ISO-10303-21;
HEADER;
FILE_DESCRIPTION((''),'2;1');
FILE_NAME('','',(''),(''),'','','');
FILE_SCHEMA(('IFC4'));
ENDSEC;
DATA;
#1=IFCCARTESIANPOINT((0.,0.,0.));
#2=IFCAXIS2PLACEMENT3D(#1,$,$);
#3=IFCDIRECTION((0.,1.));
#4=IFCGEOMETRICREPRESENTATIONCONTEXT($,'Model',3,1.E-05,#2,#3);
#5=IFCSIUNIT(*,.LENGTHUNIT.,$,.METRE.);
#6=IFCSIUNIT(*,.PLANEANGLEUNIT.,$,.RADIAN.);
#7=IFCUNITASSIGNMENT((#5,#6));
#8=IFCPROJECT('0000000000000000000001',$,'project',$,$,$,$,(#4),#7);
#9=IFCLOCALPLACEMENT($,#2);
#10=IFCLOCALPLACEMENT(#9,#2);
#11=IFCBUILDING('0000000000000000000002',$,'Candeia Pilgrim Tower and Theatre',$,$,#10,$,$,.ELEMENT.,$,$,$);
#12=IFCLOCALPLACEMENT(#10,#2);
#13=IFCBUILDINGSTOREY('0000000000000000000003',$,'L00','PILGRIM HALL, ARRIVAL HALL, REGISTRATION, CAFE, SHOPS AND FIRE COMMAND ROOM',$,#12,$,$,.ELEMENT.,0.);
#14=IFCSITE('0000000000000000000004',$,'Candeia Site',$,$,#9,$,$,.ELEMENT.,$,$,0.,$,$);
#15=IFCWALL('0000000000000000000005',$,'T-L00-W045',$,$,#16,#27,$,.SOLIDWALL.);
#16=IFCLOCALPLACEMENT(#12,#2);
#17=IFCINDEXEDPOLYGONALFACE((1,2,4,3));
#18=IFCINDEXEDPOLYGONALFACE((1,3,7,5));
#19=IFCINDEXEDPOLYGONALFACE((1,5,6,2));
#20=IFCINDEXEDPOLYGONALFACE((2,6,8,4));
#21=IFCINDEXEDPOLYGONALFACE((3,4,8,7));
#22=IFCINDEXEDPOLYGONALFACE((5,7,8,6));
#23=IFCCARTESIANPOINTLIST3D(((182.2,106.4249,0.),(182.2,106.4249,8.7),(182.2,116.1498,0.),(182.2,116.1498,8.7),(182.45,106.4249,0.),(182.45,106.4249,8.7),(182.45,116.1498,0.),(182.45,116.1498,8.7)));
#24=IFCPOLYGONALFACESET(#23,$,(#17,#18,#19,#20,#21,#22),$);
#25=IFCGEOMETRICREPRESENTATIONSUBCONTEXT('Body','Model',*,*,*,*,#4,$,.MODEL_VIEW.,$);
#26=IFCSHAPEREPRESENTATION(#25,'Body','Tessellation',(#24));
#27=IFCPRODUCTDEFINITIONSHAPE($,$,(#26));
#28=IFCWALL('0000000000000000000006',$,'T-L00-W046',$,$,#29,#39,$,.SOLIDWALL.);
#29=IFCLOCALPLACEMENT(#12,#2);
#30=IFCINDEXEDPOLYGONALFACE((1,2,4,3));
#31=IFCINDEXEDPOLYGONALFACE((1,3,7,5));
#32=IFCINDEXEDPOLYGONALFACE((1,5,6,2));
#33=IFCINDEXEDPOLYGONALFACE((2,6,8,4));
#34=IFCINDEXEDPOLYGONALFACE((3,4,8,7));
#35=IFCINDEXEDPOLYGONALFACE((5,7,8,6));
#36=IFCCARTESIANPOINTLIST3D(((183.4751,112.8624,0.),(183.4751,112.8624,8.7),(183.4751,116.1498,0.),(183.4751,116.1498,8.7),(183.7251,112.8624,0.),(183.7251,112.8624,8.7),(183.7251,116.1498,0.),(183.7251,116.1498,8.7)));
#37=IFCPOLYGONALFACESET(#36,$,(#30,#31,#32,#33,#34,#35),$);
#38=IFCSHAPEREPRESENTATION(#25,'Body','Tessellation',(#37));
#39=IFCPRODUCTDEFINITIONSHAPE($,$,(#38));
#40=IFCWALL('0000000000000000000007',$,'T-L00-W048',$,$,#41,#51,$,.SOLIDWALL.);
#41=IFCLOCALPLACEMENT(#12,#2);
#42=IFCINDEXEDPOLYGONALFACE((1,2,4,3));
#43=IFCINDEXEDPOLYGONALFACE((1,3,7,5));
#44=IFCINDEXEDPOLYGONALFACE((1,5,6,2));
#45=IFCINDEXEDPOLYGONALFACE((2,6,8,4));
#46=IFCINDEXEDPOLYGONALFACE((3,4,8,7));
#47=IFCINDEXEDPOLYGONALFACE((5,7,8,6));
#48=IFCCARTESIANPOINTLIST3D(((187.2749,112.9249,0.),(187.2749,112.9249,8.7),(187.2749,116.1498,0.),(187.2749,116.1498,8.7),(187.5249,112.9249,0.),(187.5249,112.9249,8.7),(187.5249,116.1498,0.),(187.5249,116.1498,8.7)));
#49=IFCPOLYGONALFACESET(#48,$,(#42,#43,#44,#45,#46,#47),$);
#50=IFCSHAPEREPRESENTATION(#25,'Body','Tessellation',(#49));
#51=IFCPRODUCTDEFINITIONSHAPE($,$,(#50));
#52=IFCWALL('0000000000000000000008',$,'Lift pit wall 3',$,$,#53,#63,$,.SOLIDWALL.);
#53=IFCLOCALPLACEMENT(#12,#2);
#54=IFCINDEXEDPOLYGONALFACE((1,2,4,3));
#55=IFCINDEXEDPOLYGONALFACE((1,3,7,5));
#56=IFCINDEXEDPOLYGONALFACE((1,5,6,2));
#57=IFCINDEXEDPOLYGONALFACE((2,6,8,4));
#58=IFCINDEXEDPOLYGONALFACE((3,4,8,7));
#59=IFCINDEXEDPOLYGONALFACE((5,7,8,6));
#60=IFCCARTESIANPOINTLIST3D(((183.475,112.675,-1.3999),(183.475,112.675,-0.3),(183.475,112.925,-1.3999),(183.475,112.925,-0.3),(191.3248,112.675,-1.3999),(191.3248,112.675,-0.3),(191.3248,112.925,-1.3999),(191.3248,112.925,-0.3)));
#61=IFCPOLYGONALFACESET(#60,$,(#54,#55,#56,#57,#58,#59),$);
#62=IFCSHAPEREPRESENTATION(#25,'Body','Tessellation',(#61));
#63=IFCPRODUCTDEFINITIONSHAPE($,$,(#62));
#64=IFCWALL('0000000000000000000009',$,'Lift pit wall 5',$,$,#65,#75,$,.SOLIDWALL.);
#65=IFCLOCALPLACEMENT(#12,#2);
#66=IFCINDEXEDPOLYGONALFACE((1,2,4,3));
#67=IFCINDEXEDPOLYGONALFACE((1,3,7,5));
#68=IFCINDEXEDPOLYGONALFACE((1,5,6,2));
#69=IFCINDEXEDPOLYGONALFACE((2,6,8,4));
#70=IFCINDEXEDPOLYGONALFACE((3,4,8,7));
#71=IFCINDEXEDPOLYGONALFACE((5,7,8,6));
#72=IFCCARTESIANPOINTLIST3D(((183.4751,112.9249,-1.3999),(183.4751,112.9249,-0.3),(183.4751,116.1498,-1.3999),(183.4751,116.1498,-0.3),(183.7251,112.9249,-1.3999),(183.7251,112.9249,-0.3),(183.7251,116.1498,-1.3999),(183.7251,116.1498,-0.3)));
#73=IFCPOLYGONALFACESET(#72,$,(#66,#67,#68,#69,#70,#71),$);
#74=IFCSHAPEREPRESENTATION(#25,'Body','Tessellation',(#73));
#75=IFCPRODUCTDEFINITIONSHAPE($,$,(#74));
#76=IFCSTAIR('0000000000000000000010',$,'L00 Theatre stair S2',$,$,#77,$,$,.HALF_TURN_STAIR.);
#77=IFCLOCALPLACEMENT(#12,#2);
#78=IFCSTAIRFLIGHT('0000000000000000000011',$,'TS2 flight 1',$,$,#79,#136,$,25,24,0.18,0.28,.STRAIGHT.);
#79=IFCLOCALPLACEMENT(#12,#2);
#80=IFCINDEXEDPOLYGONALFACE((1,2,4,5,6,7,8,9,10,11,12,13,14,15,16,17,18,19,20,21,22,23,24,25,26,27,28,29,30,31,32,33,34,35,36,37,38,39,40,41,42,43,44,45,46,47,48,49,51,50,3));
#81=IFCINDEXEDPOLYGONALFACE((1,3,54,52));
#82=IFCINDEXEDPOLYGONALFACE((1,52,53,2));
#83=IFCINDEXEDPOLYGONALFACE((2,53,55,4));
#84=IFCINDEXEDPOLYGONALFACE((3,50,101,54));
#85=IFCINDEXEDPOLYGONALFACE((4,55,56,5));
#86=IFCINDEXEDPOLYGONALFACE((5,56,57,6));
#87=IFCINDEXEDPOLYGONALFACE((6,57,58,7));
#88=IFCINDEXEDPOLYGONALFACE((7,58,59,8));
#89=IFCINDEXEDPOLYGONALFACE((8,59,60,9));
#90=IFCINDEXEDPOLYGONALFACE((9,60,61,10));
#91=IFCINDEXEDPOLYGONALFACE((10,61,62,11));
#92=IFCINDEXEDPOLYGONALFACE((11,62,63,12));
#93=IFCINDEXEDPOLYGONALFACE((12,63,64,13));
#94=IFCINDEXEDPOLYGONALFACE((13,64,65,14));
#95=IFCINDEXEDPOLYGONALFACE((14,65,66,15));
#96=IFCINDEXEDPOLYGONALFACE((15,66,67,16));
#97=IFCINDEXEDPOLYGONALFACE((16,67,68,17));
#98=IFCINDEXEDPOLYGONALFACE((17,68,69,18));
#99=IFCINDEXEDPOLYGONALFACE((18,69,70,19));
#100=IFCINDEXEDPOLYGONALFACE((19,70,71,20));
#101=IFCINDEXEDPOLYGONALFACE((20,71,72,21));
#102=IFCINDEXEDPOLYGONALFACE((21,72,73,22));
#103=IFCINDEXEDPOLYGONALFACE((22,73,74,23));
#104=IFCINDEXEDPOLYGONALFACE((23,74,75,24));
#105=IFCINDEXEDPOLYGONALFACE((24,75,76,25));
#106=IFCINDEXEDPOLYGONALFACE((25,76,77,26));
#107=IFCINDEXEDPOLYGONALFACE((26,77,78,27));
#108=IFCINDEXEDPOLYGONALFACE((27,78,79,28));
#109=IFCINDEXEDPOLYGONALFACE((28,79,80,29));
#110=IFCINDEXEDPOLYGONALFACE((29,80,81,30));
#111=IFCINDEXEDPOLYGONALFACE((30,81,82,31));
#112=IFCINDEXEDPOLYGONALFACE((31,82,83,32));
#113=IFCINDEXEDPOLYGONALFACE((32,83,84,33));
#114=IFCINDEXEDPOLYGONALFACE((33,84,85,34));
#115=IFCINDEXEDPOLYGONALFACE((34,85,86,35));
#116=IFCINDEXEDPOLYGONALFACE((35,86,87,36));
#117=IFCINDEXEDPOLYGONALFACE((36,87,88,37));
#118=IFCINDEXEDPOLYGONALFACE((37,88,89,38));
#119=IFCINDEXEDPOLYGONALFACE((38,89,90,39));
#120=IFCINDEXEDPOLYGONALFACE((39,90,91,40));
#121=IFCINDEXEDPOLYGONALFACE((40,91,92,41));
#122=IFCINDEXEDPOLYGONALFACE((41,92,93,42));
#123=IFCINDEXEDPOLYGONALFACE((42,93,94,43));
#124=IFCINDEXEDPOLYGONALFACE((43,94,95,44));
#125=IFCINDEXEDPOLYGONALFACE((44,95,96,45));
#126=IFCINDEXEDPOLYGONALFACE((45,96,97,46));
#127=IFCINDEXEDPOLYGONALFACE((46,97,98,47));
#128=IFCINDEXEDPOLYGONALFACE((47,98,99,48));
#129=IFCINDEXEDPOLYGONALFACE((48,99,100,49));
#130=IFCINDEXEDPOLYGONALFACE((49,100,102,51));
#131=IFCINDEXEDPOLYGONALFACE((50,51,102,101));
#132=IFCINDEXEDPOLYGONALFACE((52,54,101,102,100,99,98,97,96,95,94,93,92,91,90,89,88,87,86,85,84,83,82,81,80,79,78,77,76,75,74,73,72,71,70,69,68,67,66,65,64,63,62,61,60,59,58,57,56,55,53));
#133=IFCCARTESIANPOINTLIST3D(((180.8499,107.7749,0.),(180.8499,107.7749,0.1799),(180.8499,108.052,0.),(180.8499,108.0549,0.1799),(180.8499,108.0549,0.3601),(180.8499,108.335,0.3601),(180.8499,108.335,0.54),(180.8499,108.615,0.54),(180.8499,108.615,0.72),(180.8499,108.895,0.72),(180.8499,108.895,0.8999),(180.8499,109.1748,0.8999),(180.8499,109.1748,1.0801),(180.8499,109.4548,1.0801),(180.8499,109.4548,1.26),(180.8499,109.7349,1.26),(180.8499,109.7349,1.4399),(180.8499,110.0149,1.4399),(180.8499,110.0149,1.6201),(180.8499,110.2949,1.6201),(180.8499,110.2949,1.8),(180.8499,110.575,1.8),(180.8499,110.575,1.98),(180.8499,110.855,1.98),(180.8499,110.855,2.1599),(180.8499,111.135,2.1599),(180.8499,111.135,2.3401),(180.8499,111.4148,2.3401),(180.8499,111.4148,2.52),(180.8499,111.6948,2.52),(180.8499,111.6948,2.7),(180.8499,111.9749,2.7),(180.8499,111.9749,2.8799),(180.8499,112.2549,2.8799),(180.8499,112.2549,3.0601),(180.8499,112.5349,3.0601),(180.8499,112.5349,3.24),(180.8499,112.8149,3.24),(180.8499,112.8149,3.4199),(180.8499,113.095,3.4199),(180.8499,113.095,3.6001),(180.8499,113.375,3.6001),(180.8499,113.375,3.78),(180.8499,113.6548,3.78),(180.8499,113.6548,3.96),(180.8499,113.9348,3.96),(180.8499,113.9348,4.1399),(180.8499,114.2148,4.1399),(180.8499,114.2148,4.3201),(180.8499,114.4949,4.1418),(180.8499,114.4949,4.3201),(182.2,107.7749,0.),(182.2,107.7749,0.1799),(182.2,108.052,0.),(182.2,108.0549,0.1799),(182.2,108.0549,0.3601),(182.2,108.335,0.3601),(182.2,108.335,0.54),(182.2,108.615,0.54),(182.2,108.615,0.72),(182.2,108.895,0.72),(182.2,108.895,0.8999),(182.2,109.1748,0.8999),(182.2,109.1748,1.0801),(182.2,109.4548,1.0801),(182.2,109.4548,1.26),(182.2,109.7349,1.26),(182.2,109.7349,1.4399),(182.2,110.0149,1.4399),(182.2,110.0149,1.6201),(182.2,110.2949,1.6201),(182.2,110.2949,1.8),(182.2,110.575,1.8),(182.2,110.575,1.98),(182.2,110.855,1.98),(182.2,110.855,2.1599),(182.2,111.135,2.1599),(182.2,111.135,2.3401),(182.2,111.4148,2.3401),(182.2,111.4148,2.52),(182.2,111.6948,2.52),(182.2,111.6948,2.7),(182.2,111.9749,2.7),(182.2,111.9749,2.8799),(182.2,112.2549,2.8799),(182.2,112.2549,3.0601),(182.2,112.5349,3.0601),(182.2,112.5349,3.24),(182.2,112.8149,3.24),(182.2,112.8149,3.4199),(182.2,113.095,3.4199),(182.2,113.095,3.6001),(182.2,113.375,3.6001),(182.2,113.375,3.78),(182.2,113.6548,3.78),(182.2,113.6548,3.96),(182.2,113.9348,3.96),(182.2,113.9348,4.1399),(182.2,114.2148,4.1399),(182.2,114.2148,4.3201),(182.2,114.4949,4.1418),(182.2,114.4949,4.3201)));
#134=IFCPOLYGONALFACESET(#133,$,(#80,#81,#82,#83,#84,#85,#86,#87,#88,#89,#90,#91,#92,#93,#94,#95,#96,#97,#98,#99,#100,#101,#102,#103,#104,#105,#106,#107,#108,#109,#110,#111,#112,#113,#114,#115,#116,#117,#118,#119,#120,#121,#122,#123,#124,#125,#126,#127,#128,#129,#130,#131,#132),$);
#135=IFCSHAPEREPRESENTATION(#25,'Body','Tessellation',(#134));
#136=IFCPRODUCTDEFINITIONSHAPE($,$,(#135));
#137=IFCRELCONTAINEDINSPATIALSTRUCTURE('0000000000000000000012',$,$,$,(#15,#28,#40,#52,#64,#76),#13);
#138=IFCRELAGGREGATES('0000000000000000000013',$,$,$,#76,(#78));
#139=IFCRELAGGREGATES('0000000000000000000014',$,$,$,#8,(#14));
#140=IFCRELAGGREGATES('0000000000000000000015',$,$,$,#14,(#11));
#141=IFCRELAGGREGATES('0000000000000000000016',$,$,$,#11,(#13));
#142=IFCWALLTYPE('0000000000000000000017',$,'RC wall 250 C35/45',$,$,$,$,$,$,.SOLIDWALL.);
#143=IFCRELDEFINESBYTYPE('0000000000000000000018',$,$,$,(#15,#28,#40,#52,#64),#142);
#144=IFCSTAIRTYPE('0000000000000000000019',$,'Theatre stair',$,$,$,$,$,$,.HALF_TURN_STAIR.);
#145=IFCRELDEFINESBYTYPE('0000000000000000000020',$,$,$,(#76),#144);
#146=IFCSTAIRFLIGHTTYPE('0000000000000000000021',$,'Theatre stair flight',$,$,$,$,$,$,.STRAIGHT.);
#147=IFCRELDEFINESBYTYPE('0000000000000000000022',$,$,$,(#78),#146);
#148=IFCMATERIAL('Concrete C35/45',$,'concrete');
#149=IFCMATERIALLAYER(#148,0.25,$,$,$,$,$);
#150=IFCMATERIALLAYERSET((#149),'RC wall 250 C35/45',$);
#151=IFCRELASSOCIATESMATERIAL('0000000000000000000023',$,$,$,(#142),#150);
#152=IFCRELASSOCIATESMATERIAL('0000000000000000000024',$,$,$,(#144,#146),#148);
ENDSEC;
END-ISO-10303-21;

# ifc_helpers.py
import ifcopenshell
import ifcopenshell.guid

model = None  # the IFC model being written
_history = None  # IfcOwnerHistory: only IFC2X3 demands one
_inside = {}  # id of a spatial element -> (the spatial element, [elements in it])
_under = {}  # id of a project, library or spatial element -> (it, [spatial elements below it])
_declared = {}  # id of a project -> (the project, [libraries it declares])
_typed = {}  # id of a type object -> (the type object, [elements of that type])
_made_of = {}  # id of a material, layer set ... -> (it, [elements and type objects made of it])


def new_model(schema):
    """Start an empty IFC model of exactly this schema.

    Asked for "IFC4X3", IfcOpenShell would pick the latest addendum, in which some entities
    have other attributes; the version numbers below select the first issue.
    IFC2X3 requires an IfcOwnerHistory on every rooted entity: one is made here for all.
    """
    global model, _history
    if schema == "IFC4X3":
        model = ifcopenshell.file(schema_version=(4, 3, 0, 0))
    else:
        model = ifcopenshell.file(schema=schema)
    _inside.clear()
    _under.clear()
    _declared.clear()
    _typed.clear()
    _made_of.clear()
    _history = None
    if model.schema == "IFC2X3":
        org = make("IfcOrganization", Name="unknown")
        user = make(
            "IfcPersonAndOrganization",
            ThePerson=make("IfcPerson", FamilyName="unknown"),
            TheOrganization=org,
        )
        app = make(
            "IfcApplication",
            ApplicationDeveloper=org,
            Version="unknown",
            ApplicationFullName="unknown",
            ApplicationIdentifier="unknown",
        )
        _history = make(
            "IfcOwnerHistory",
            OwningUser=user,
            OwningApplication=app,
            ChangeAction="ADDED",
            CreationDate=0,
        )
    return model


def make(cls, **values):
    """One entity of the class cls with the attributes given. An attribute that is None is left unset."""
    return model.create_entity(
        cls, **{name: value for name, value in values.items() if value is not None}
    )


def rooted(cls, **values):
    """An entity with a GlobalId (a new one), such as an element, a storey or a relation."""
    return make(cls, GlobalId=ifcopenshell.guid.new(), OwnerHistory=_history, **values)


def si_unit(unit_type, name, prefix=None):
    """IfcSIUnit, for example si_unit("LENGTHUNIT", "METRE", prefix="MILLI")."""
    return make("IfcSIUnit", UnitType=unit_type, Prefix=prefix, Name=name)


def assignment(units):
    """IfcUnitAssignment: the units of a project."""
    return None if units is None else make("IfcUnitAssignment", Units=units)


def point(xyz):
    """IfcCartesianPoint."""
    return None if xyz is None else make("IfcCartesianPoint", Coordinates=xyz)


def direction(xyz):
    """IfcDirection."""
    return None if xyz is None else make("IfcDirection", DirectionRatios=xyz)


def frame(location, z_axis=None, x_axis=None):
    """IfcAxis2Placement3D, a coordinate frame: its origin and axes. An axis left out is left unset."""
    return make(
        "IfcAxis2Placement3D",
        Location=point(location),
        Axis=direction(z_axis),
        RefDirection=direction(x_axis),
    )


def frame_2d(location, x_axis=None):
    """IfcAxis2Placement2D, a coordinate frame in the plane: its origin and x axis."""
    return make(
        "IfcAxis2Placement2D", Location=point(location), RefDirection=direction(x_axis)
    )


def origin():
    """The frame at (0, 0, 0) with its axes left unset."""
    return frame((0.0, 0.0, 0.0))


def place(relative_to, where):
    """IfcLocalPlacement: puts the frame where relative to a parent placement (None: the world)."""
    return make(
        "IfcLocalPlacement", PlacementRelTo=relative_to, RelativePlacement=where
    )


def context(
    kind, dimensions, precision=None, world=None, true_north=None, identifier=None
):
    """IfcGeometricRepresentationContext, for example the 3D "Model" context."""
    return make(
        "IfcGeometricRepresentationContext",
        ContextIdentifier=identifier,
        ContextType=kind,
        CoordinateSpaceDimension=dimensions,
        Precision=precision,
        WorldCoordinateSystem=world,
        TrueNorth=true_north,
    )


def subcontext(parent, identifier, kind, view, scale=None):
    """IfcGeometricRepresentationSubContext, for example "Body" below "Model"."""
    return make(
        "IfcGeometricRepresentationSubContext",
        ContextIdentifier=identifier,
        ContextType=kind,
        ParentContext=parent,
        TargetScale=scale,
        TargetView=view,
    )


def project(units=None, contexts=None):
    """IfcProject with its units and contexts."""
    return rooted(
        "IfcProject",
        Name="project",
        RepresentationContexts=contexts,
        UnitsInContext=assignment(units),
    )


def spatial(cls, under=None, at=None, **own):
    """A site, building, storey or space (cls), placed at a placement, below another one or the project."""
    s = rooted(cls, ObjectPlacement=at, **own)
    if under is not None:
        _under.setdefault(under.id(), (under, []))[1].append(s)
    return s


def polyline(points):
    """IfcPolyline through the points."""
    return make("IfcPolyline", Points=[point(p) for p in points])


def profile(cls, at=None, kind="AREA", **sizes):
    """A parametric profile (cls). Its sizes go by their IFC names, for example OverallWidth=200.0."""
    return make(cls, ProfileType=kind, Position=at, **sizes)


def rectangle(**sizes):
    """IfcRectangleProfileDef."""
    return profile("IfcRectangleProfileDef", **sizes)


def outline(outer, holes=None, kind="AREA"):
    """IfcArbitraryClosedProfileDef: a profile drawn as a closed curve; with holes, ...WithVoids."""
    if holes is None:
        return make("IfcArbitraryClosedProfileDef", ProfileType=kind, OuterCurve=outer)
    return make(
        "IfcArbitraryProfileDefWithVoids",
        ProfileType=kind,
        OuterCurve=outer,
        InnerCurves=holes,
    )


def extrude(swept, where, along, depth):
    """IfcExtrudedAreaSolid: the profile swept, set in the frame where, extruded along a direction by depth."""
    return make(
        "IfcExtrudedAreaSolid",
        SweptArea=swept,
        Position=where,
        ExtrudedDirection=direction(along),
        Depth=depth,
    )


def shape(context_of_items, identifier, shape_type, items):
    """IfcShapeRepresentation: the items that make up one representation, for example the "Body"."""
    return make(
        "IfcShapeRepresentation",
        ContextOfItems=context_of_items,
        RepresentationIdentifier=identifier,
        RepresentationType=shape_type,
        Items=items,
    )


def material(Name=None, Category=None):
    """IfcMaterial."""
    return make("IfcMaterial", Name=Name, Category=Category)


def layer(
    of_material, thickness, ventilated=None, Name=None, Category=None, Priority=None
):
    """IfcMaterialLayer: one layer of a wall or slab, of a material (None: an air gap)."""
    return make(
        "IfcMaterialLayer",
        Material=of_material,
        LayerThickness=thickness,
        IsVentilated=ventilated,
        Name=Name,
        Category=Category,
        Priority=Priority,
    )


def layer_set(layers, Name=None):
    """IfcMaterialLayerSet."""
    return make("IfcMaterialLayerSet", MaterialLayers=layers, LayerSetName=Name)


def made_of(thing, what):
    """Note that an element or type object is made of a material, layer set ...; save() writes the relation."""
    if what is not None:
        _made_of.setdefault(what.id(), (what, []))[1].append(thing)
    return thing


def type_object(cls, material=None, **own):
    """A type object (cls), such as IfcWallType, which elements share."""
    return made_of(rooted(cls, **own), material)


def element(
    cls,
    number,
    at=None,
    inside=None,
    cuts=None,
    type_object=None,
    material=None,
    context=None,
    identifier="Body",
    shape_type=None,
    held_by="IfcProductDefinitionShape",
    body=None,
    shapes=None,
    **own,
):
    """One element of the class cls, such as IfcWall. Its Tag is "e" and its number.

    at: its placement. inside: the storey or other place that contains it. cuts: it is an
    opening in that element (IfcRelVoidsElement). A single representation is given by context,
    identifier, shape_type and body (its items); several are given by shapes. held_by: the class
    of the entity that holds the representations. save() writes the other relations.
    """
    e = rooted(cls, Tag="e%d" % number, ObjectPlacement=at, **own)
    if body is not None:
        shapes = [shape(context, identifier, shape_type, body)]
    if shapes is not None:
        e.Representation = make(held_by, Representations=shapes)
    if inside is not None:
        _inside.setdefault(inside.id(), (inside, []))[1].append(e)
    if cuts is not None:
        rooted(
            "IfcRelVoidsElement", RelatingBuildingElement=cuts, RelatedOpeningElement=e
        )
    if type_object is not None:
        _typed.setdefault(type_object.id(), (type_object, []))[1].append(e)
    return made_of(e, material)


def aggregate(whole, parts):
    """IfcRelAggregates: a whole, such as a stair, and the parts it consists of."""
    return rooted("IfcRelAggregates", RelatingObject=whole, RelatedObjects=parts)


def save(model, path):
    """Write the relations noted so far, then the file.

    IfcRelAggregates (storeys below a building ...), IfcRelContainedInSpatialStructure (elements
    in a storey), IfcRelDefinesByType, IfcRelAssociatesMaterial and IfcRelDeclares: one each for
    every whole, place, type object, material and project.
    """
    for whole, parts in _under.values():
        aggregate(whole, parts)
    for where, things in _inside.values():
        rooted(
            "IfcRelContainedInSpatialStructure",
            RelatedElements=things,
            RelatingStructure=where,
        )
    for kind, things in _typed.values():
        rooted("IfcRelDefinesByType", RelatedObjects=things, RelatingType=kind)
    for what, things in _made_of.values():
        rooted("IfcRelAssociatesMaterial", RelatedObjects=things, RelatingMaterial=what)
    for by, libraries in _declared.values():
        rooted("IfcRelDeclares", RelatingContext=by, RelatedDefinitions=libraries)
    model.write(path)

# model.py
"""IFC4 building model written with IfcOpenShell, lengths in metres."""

from ifc_helpers import new_model, si_unit, direction, frame, frame_2d, origin, place, context, subcontext, project, spatial, polyline, rectangle, outline, extrude, material, layer, layer_set, type_object, element, aggregate, save


model = new_model("IFC4")

# Units and contexts
model_context = context("Model", 3, precision=1e-05, world=origin(), true_north=direction((0.0, 1.0)))
body_context = subcontext(model_context, "Body", "Model", "MODEL_VIEW")
ifc_project = project(units=[si_unit("LENGTHUNIT", "METRE"), si_unit("PLANEANGLEUNIT", "RADIAN")], contexts=[model_context])

# Site, building, storey
site_placement = place(None, origin())
site = spatial("IfcSite", under=ifc_project, at=site_placement, Name="Candeia Site", CompositionType="ELEMENT", RefElevation=0.0)
building_placement = place(site_placement, origin())
building = spatial("IfcBuilding", under=site, at=building_placement, Name="Candeia Pilgrim Tower and Theatre", CompositionType="ELEMENT")
storey_placement = place(building_placement, origin())
storey = spatial("IfcBuildingStorey", under=building, at=storey_placement, Name="L00", Description="PILGRIM HALL, ARRIVAL HALL, REGISTRATION, CAFE, SHOPS AND FIRE COMMAND ROOM", CompositionType="ELEMENT", Elevation=0.0)

# Shared definitions
ifc_material_1 = material(Name="Concrete C35/45", Category="concrete")

# Shared definitions
ifc_layer_1 = layer(ifc_material_1, 0.25)
ifc_layer_set_1 = layer_set([ifc_layer_1], Name="RC wall 250 C35/45")
wall_type_1 = type_object("IfcWallType", Name="RC wall 250 C35/45", PredefinedType="SOLIDWALL", material=ifc_layer_set_1)

# Walls
for number, where, z_axis, x_axis, name in (
    (1, (182.325, 106.425, 0.0), (0.0, 0.0, 1.0), (0.0, 1.0, 0.0), "T-L00-W045"),
):
    element("IfcWall", number, at=place(storey_placement, frame(where, z_axis=z_axis, x_axis=x_axis)), inside=storey, type_object=wall_type_1, Name=name, PredefinedType="SOLIDWALL", context=body_context, shape_type="SweptSolid", body=[
        extrude(rectangle(XDim=9.7249, YDim=0.25, at=frame_2d((4.8623, 0.0))), origin(), (0.0, 0.0, 1.0), 8.7),
    ])
wall_1_placement = place(storey_placement, frame((183.6001, 112.8625, 0.0), z_axis=(0.0, 0.0, 1.0), x_axis=(0.0, 1.0, 0.0)))
element("IfcWall", 2, at=wall_1_placement, inside=storey, type_object=wall_type_1, Name="T-L00-W046", PredefinedType="SOLIDWALL", context=body_context, shape_type="SweptSolid", body=[
    extrude(rectangle(XDim=3.2874, YDim=0.25, at=frame_2d((1.6436, 0.0))), origin(), (0.0, 0.0, 1.0), 8.7),
])
wall_2_placement = place(storey_placement, frame((187.3999, 112.925, 0.0), z_axis=(0.0, 0.0, 1.0), x_axis=(0.0, 1.0, 0.0)))
element("IfcWall", 3, at=wall_2_placement, inside=storey, type_object=wall_type_1, Name="T-L00-W048", PredefinedType="SOLIDWALL", context=body_context, shape_type="SweptSolid", body=[
    extrude(rectangle(XDim=3.2249, YDim=0.25, at=frame_2d((1.6123, 0.0))), origin(), (0.0, 0.0, 1.0), 8.7),
])
wall_3_placement = place(storey_placement, frame((183.4751, 112.8, -1.3999), z_axis=(0.0, 0.0, 1.0), x_axis=(1.0, 0.0, 0.0)))
element("IfcWall", 4, at=wall_3_placement, inside=storey, type_object=wall_type_1, Name="Lift pit wall 3", PredefinedType="SOLIDWALL", context=body_context, shape_type="SweptSolid", body=[
    extrude(rectangle(XDim=7.8499, YDim=0.25, at=frame_2d((3.9248, 0.0))), origin(), (0.0, 0.0, 1.0), 1.0999),
])
wall_4_placement = place(storey_placement, frame((183.6001, 112.925, -1.3999), z_axis=(0.0, 0.0, 1.0), x_axis=(0.0, 1.0, 0.0)))
element("IfcWall", 5, at=wall_4_placement, inside=storey, type_object=wall_type_1, Name="Lift pit wall 5", PredefinedType="SOLIDWALL", context=body_context, shape_type="SweptSolid", body=[
    extrude(rectangle(XDim=3.2249, YDim=0.25, at=frame_2d((1.6123, 0.0))), origin(), (0.0, 0.0, 1.0), 1.0999),
])

# Stair, stair flight
stair_type = type_object("IfcStairType", Name="Theatre stair", PredefinedType="HALF_TURN_STAIR", material=ifc_material_1)
stair_placement = place(storey_placement, origin())
stair = element("IfcStair", 6, at=stair_placement, inside=storey, type_object=stair_type, Name="L00 Theatre stair S2", PredefinedType="HALF_TURN_STAIR")
stair_flight_type = type_object("IfcStairFlightType", Name="Theatre stair flight", PredefinedType="STRAIGHT", material=ifc_material_1)
stair_flight_1_placement = place(storey_placement, frame((181.5249, 107.7749, 0.0), z_axis=(0.0, 0.0, 1.0), x_axis=(0.0, 1.0, 0.0)))
stair_flight_1 = element("IfcStairFlight", 7, at=stair_flight_1_placement, type_object=stair_flight_type, Name="TS2 flight 1", NumberOfRisers=25, NumberOfTreads=24, PredefinedType="STRAIGHT", RiserHeight=0.18, TreadLength=0.28, context=body_context, shape_type="SweptSolid", body=[
    extrude(outline(polyline([(0.0, 0.0), (0.0, 0.1799), (0.28, 0.1799), (0.28, 0.3601), (0.5601, 0.3601), (0.5601, 0.54), (0.8401, 0.54), (0.8401, 0.72), (1.1201, 0.72), (1.1201, 0.8999), (1.3999, 0.8999), (1.3999, 1.0801), (1.6799, 1.0801), (1.6799, 1.26), (1.96, 1.26), (1.96, 1.4399), (2.24, 1.4399), (2.24, 1.6201), (2.52, 1.6201), (2.52, 1.8), (2.8, 1.8), (2.8, 1.98), (3.0801, 1.98), (3.0801, 2.1599), (3.3601, 2.1599), (3.3601, 2.3401), (3.6399, 2.3401), (3.6399, 2.52), (3.9199, 2.52), (3.9199, 2.7), (4.2, 2.7), (4.2, 2.8799), (4.48, 2.8799), (4.48, 3.0601), (4.76, 3.0601), (4.76, 3.24), (5.04, 3.24), (5.04, 3.4199), (5.3201, 3.4199), (5.3201, 3.6001), (5.6001, 3.6001), (5.6001, 3.78), (5.8799, 3.78), (5.8799, 3.96), (6.1599, 3.96), (6.1599, 4.1399), (6.4399, 4.1399), (6.4399, 4.3201), (6.72, 4.3201), (6.72, 4.5), (6.72, 4.1418), (0.2771, 0.0), (0.0, 0.0)])), frame((0.0, 0.675, 0.0), z_axis=(0.0, -1.0, 0.0), x_axis=(1.0, 0.0, 0.0)), (0.0, 0.0, 1.0), 1.3501),
])
aggregate(stair, [stair_flight_1])

save(model, "model.ifc")
